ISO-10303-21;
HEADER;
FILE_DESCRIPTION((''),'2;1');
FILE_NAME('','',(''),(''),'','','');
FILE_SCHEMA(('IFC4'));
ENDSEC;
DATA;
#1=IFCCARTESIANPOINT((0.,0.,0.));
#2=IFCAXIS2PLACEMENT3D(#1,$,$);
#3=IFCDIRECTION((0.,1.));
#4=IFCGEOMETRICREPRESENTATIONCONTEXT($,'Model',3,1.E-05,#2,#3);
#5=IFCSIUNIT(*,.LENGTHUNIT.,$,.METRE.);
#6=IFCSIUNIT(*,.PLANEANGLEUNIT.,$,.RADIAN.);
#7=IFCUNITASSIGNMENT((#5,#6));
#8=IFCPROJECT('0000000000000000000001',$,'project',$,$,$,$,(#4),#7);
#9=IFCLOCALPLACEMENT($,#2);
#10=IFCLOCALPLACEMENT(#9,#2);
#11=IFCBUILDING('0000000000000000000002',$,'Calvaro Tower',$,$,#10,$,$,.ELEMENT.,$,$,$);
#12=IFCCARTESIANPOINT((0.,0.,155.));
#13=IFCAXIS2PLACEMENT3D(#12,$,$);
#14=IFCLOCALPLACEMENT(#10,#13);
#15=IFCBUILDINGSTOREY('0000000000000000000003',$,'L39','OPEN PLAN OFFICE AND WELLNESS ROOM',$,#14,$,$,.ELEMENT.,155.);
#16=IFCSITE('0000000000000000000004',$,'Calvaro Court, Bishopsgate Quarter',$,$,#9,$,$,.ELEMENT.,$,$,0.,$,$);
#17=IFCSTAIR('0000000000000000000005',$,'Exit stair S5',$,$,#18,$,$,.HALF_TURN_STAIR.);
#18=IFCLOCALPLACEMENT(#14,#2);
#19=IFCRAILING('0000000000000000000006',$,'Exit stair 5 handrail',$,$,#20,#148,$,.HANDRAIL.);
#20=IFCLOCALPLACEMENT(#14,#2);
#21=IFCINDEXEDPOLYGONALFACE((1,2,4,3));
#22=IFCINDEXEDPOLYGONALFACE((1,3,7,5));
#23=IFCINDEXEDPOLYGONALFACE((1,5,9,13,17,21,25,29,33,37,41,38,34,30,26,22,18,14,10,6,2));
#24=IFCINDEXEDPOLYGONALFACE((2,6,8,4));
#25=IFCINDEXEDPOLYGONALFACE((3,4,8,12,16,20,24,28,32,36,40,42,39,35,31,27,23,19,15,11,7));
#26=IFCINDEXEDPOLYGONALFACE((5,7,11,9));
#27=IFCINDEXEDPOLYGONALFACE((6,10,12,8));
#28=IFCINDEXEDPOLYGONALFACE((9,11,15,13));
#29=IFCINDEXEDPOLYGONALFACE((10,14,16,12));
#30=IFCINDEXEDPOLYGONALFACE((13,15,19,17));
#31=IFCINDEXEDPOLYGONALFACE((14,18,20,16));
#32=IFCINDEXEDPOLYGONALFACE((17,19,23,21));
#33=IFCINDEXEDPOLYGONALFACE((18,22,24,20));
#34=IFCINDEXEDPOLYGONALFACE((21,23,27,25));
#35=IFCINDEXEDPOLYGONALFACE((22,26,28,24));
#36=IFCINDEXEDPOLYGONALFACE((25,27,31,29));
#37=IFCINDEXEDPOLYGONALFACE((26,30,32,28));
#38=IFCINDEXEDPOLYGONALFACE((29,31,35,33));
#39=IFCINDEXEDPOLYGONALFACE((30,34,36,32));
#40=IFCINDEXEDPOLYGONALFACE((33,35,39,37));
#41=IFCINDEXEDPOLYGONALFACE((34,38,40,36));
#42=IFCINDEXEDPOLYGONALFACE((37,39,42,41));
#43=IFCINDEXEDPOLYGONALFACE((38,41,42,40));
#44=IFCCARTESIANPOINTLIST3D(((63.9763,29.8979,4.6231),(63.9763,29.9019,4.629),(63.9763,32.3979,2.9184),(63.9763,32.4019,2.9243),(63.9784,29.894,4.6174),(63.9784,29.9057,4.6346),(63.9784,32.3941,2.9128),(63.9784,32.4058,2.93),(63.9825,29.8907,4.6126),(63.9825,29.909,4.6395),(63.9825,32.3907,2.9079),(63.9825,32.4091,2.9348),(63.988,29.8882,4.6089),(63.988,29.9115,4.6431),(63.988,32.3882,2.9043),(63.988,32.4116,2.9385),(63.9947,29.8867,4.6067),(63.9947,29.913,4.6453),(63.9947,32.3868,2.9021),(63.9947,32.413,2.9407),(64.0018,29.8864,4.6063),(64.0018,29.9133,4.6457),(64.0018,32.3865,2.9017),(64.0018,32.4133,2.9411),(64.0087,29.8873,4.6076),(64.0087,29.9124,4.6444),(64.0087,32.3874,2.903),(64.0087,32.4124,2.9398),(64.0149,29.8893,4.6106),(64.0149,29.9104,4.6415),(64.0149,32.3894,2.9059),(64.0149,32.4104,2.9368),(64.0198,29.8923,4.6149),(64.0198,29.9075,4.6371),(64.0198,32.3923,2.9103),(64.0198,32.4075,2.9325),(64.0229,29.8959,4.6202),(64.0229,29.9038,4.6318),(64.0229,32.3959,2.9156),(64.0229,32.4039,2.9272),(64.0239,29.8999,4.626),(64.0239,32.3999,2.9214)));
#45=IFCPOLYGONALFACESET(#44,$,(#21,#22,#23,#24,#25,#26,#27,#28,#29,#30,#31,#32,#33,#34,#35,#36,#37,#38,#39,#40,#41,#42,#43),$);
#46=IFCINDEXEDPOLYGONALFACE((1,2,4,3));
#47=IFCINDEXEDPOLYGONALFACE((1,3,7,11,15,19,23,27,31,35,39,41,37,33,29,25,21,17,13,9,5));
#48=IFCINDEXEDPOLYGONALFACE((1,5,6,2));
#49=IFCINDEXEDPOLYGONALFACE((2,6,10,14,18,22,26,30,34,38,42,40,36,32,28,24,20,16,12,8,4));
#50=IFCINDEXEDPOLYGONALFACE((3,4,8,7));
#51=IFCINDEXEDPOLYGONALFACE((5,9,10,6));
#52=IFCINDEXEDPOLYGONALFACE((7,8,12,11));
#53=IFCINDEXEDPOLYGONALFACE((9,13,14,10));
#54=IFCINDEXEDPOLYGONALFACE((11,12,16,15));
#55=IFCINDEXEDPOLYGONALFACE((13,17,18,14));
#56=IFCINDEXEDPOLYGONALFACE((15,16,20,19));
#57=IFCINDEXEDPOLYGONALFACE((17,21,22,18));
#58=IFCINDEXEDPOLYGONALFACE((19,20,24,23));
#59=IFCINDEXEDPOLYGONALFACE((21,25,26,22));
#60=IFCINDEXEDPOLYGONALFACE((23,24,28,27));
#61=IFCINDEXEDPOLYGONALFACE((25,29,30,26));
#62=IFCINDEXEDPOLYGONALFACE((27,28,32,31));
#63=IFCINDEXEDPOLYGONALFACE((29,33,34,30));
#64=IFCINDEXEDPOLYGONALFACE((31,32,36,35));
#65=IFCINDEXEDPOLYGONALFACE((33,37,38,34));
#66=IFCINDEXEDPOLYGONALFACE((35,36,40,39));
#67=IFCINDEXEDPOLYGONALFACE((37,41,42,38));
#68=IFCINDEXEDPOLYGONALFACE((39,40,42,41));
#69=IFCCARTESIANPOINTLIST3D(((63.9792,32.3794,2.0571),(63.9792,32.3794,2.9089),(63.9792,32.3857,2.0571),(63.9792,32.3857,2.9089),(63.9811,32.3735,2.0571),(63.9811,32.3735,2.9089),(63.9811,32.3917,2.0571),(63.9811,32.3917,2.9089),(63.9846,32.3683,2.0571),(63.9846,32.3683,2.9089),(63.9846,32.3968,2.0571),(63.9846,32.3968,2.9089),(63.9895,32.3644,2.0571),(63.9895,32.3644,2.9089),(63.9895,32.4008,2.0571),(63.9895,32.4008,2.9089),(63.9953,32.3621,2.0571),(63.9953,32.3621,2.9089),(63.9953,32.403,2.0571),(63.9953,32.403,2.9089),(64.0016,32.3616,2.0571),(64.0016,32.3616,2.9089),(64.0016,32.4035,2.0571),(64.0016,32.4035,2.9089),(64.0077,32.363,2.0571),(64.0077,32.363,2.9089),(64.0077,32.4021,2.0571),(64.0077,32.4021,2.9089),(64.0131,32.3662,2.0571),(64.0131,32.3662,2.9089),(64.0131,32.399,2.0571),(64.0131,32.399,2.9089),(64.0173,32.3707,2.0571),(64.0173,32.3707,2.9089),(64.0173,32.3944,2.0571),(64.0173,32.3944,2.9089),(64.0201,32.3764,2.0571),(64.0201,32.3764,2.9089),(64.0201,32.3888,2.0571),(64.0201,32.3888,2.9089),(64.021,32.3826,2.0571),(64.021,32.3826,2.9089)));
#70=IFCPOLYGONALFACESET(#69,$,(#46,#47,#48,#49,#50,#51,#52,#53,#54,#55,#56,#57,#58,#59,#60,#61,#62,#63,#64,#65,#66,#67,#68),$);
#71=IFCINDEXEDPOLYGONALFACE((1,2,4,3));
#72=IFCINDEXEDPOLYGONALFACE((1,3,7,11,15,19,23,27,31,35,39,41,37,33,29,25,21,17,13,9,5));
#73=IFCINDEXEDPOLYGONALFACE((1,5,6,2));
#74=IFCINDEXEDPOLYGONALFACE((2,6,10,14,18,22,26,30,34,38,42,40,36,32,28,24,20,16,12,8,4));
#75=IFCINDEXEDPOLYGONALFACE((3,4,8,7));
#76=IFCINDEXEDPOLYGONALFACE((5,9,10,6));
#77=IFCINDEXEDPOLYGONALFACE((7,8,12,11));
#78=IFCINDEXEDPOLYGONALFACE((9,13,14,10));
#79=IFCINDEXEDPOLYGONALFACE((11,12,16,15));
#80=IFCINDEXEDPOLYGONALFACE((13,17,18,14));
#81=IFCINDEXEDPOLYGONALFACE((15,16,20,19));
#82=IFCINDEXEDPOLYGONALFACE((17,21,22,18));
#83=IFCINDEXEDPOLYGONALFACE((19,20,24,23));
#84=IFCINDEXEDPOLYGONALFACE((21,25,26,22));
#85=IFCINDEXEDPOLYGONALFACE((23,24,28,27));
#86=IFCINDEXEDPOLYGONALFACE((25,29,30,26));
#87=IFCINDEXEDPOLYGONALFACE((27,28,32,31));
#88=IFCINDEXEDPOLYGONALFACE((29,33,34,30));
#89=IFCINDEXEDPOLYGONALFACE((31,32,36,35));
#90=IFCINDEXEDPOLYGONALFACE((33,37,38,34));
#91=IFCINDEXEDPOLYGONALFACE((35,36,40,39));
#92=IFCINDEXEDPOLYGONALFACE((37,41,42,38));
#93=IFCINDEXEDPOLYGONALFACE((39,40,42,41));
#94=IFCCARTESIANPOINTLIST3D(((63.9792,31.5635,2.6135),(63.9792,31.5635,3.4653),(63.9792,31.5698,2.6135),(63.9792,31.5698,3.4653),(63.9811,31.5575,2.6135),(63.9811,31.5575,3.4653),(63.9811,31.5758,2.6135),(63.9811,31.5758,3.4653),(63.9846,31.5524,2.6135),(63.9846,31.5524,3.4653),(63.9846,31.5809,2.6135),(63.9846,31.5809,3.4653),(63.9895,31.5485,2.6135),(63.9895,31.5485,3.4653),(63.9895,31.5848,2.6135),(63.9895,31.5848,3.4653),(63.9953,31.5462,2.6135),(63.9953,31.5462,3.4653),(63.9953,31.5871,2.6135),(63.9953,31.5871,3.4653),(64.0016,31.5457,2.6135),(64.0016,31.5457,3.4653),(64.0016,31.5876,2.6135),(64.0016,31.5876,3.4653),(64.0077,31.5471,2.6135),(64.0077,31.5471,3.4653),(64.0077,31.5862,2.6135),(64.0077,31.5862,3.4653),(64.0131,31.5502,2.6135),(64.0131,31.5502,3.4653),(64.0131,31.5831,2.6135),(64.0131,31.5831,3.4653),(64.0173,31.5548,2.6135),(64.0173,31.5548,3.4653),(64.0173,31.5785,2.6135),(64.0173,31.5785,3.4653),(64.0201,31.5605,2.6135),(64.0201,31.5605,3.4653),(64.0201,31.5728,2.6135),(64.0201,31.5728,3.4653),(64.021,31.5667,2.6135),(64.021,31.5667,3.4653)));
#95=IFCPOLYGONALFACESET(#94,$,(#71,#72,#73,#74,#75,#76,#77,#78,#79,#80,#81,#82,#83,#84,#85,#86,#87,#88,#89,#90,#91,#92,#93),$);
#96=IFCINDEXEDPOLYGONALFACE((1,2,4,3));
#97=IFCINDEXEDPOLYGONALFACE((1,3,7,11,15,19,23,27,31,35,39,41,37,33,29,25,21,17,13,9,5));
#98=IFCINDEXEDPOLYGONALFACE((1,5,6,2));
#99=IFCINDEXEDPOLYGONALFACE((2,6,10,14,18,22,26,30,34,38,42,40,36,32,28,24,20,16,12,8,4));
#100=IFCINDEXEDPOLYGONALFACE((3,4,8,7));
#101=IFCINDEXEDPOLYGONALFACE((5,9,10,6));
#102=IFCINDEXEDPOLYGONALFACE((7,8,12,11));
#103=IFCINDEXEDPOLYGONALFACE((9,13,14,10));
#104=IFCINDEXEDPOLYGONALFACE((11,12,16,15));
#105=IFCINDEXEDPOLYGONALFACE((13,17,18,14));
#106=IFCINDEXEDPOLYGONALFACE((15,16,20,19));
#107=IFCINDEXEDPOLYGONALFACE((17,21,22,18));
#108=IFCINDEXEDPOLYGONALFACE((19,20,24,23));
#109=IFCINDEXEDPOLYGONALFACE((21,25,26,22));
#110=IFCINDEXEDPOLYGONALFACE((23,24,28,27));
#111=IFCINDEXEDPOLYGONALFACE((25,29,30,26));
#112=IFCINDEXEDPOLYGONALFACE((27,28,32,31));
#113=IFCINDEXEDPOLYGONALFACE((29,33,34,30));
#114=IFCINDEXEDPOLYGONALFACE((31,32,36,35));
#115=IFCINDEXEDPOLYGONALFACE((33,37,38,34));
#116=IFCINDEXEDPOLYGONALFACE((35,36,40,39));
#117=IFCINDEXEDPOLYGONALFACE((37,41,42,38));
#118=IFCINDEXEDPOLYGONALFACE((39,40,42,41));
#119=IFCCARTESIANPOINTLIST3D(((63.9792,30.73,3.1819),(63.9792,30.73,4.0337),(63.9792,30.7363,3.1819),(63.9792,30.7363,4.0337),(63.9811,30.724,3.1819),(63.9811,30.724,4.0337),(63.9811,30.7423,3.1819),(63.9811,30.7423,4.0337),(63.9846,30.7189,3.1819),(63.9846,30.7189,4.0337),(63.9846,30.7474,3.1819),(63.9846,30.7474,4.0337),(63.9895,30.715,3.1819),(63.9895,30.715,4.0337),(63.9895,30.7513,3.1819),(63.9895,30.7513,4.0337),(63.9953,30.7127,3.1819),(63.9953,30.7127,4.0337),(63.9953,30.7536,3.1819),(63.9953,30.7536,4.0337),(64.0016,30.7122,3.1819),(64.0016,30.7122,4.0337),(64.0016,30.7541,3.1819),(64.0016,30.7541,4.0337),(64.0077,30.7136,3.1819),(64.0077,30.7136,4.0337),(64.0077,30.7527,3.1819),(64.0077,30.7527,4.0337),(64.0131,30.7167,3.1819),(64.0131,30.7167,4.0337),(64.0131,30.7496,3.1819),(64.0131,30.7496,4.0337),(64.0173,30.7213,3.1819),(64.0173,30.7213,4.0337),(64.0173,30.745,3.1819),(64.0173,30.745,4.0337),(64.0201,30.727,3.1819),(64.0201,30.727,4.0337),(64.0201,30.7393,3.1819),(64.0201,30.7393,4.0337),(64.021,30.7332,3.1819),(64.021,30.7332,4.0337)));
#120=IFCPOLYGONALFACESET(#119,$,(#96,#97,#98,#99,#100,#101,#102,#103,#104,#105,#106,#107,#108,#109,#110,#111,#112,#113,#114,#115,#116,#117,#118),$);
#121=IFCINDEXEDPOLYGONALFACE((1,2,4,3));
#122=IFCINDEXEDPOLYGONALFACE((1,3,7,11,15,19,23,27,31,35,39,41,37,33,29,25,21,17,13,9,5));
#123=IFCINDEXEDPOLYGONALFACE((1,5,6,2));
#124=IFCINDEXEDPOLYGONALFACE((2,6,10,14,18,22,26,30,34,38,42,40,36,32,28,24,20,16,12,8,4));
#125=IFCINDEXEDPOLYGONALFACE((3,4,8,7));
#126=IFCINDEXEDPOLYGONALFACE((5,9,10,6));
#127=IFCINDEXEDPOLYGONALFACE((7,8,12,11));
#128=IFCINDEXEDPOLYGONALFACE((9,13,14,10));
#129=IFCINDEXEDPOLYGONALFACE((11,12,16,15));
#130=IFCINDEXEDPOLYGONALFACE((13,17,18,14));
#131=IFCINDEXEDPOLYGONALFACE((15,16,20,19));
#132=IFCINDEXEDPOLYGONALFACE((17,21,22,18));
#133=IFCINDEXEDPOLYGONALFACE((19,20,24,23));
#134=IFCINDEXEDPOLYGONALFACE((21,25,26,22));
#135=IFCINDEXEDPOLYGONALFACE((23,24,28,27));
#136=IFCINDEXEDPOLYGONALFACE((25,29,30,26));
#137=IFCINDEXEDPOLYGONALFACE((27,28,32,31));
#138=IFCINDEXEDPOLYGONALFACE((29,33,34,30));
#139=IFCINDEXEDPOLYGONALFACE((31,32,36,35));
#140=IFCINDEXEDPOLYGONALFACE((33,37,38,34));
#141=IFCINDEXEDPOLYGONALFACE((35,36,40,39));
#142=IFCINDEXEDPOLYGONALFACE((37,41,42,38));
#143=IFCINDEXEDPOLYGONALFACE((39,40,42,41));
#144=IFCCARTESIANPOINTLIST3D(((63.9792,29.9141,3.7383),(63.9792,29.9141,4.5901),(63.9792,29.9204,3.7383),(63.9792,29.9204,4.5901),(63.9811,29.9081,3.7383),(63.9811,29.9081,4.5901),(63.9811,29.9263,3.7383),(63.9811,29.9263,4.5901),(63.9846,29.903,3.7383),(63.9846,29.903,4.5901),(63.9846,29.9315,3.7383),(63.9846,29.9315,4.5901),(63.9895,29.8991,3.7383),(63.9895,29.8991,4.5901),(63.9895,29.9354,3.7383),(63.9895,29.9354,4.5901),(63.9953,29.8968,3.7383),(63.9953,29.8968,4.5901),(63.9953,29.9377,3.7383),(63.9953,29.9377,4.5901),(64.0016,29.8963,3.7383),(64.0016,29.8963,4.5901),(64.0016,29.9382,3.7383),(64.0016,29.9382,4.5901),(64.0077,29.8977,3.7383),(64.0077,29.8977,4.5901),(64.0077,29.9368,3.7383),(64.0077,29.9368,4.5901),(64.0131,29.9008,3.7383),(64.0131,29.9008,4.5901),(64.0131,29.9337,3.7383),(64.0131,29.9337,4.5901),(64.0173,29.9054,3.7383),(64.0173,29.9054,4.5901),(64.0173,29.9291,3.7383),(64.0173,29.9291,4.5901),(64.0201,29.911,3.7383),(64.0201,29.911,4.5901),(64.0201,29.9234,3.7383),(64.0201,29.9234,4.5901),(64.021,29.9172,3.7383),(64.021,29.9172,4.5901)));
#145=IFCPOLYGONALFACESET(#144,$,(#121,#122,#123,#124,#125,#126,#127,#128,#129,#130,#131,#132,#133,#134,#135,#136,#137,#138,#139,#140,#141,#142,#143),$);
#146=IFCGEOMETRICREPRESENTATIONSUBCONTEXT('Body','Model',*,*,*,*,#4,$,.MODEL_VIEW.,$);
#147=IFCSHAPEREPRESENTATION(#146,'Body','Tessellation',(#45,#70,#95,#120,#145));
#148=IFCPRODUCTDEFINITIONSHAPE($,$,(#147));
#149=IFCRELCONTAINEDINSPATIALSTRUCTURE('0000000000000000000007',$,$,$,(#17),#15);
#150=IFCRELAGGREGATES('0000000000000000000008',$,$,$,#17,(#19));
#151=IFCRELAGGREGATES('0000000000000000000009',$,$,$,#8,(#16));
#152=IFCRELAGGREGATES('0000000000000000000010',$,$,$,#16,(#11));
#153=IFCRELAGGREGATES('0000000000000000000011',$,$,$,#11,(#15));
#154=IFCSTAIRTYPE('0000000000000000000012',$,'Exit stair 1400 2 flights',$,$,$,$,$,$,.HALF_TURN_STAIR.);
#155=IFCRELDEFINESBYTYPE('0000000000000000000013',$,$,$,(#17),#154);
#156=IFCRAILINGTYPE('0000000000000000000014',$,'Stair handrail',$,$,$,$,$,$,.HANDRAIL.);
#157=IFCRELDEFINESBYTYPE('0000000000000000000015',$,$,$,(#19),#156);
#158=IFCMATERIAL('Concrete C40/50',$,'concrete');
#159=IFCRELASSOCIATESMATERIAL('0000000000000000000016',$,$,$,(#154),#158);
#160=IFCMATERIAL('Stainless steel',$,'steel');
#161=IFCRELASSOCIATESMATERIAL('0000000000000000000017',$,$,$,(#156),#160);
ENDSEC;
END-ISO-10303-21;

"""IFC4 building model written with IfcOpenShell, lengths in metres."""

from ifc_helpers import new_model, si_unit, direction, frame, origin, origin_2d, place, context, subcontext, project, spatial, circle, extrude, material, type_object, element, aggregate, save


model = new_model("IFC4")

# Units and contexts
model_context = context("Model", 3, precision=1e-05, world=origin(), true_north=direction((0.0, 1.0)))
body_context = subcontext(model_context, "Body", "Model", "MODEL_VIEW")
ifc_project = project(units=[si_unit("LENGTHUNIT", "METRE"), si_unit("PLANEANGLEUNIT", "RADIAN")], contexts=[model_context])

# Site, building, storey
site_placement = place(None, origin())
site = spatial("IfcSite", under=ifc_project, at=site_placement, Name="Calvaro Court, Bishopsgate Quarter", CompositionType="ELEMENT", RefElevation=0.0)
building_placement = place(site_placement, origin())
building = spatial("IfcBuilding", under=site, at=building_placement, Name="Calvaro Tower", CompositionType="ELEMENT")
storey_placement = place(building_placement, frame((0.0, 0.0, 155.0)))
storey = spatial("IfcBuildingStorey", under=building, at=storey_placement, Name="L39", Description="OPEN PLAN OFFICE AND WELLNESS ROOM", CompositionType="ELEMENT", Elevation=155.0)

# Stair, railing
ifc_material_1 = material(Name="Concrete C40/50", Category="concrete")
stair_type = type_object("IfcStairType", Name="Exit stair 1400 2 flights", PredefinedType="HALF_TURN_STAIR", material=ifc_material_1)
stair_placement = place(storey_placement, origin())
stair = element("IfcStair", 1, at=stair_placement, inside=storey, type_object=stair_type, Name="Exit stair S5", PredefinedType="HALF_TURN_STAIR")
ifc_material_2 = material(Name="Stainless steel", Category="steel")
railing_type = type_object("IfcRailingType", Name="Stair handrail", PredefinedType="HANDRAIL", material=ifc_material_2)
railing_1_placement = place(storey_placement, frame((64.0, 32.3999, 2.0454)))
railing_1 = element("IfcRailing", 2, at=railing_1_placement, type_object=railing_type, Name="Exit stair 5 handrail", PredefinedType="HANDRAIL", context=body_context, shape_type="SweptSolid", body=[
    extrude(circle(Radius=0.0239, at=origin_2d()), frame((0.0, 0.0, 0.876), z_axis=(0.0, -0.826221, 0.563347), x_axis=(1.0, 0.0, 0.0)), (0.0, 0.0, 1.0), 3.0259),
    extrude(circle(Radius=0.021, at=origin_2d()), frame((0.0, -0.0173, 0.0117)), (0.0, 0.0, 1.0), 0.8518),
    extrude(circle(Radius=0.021, at=origin_2d()), frame((0.0, -0.8333, 0.5681)), (0.0, 0.0, 1.0), 0.8518),
    extrude(circle(Radius=0.021, at=origin_2d()), frame((0.0, -1.6667, 1.1365)), (0.0, 0.0, 1.0), 0.8518),
    extrude(circle(Radius=0.021, at=origin_2d()), frame((0.0, -2.4827, 1.6929)), (0.0, 0.0, 1.0), 0.8518),
])
aggregate(stair, [railing_1])

save(model, "model.ifc")
